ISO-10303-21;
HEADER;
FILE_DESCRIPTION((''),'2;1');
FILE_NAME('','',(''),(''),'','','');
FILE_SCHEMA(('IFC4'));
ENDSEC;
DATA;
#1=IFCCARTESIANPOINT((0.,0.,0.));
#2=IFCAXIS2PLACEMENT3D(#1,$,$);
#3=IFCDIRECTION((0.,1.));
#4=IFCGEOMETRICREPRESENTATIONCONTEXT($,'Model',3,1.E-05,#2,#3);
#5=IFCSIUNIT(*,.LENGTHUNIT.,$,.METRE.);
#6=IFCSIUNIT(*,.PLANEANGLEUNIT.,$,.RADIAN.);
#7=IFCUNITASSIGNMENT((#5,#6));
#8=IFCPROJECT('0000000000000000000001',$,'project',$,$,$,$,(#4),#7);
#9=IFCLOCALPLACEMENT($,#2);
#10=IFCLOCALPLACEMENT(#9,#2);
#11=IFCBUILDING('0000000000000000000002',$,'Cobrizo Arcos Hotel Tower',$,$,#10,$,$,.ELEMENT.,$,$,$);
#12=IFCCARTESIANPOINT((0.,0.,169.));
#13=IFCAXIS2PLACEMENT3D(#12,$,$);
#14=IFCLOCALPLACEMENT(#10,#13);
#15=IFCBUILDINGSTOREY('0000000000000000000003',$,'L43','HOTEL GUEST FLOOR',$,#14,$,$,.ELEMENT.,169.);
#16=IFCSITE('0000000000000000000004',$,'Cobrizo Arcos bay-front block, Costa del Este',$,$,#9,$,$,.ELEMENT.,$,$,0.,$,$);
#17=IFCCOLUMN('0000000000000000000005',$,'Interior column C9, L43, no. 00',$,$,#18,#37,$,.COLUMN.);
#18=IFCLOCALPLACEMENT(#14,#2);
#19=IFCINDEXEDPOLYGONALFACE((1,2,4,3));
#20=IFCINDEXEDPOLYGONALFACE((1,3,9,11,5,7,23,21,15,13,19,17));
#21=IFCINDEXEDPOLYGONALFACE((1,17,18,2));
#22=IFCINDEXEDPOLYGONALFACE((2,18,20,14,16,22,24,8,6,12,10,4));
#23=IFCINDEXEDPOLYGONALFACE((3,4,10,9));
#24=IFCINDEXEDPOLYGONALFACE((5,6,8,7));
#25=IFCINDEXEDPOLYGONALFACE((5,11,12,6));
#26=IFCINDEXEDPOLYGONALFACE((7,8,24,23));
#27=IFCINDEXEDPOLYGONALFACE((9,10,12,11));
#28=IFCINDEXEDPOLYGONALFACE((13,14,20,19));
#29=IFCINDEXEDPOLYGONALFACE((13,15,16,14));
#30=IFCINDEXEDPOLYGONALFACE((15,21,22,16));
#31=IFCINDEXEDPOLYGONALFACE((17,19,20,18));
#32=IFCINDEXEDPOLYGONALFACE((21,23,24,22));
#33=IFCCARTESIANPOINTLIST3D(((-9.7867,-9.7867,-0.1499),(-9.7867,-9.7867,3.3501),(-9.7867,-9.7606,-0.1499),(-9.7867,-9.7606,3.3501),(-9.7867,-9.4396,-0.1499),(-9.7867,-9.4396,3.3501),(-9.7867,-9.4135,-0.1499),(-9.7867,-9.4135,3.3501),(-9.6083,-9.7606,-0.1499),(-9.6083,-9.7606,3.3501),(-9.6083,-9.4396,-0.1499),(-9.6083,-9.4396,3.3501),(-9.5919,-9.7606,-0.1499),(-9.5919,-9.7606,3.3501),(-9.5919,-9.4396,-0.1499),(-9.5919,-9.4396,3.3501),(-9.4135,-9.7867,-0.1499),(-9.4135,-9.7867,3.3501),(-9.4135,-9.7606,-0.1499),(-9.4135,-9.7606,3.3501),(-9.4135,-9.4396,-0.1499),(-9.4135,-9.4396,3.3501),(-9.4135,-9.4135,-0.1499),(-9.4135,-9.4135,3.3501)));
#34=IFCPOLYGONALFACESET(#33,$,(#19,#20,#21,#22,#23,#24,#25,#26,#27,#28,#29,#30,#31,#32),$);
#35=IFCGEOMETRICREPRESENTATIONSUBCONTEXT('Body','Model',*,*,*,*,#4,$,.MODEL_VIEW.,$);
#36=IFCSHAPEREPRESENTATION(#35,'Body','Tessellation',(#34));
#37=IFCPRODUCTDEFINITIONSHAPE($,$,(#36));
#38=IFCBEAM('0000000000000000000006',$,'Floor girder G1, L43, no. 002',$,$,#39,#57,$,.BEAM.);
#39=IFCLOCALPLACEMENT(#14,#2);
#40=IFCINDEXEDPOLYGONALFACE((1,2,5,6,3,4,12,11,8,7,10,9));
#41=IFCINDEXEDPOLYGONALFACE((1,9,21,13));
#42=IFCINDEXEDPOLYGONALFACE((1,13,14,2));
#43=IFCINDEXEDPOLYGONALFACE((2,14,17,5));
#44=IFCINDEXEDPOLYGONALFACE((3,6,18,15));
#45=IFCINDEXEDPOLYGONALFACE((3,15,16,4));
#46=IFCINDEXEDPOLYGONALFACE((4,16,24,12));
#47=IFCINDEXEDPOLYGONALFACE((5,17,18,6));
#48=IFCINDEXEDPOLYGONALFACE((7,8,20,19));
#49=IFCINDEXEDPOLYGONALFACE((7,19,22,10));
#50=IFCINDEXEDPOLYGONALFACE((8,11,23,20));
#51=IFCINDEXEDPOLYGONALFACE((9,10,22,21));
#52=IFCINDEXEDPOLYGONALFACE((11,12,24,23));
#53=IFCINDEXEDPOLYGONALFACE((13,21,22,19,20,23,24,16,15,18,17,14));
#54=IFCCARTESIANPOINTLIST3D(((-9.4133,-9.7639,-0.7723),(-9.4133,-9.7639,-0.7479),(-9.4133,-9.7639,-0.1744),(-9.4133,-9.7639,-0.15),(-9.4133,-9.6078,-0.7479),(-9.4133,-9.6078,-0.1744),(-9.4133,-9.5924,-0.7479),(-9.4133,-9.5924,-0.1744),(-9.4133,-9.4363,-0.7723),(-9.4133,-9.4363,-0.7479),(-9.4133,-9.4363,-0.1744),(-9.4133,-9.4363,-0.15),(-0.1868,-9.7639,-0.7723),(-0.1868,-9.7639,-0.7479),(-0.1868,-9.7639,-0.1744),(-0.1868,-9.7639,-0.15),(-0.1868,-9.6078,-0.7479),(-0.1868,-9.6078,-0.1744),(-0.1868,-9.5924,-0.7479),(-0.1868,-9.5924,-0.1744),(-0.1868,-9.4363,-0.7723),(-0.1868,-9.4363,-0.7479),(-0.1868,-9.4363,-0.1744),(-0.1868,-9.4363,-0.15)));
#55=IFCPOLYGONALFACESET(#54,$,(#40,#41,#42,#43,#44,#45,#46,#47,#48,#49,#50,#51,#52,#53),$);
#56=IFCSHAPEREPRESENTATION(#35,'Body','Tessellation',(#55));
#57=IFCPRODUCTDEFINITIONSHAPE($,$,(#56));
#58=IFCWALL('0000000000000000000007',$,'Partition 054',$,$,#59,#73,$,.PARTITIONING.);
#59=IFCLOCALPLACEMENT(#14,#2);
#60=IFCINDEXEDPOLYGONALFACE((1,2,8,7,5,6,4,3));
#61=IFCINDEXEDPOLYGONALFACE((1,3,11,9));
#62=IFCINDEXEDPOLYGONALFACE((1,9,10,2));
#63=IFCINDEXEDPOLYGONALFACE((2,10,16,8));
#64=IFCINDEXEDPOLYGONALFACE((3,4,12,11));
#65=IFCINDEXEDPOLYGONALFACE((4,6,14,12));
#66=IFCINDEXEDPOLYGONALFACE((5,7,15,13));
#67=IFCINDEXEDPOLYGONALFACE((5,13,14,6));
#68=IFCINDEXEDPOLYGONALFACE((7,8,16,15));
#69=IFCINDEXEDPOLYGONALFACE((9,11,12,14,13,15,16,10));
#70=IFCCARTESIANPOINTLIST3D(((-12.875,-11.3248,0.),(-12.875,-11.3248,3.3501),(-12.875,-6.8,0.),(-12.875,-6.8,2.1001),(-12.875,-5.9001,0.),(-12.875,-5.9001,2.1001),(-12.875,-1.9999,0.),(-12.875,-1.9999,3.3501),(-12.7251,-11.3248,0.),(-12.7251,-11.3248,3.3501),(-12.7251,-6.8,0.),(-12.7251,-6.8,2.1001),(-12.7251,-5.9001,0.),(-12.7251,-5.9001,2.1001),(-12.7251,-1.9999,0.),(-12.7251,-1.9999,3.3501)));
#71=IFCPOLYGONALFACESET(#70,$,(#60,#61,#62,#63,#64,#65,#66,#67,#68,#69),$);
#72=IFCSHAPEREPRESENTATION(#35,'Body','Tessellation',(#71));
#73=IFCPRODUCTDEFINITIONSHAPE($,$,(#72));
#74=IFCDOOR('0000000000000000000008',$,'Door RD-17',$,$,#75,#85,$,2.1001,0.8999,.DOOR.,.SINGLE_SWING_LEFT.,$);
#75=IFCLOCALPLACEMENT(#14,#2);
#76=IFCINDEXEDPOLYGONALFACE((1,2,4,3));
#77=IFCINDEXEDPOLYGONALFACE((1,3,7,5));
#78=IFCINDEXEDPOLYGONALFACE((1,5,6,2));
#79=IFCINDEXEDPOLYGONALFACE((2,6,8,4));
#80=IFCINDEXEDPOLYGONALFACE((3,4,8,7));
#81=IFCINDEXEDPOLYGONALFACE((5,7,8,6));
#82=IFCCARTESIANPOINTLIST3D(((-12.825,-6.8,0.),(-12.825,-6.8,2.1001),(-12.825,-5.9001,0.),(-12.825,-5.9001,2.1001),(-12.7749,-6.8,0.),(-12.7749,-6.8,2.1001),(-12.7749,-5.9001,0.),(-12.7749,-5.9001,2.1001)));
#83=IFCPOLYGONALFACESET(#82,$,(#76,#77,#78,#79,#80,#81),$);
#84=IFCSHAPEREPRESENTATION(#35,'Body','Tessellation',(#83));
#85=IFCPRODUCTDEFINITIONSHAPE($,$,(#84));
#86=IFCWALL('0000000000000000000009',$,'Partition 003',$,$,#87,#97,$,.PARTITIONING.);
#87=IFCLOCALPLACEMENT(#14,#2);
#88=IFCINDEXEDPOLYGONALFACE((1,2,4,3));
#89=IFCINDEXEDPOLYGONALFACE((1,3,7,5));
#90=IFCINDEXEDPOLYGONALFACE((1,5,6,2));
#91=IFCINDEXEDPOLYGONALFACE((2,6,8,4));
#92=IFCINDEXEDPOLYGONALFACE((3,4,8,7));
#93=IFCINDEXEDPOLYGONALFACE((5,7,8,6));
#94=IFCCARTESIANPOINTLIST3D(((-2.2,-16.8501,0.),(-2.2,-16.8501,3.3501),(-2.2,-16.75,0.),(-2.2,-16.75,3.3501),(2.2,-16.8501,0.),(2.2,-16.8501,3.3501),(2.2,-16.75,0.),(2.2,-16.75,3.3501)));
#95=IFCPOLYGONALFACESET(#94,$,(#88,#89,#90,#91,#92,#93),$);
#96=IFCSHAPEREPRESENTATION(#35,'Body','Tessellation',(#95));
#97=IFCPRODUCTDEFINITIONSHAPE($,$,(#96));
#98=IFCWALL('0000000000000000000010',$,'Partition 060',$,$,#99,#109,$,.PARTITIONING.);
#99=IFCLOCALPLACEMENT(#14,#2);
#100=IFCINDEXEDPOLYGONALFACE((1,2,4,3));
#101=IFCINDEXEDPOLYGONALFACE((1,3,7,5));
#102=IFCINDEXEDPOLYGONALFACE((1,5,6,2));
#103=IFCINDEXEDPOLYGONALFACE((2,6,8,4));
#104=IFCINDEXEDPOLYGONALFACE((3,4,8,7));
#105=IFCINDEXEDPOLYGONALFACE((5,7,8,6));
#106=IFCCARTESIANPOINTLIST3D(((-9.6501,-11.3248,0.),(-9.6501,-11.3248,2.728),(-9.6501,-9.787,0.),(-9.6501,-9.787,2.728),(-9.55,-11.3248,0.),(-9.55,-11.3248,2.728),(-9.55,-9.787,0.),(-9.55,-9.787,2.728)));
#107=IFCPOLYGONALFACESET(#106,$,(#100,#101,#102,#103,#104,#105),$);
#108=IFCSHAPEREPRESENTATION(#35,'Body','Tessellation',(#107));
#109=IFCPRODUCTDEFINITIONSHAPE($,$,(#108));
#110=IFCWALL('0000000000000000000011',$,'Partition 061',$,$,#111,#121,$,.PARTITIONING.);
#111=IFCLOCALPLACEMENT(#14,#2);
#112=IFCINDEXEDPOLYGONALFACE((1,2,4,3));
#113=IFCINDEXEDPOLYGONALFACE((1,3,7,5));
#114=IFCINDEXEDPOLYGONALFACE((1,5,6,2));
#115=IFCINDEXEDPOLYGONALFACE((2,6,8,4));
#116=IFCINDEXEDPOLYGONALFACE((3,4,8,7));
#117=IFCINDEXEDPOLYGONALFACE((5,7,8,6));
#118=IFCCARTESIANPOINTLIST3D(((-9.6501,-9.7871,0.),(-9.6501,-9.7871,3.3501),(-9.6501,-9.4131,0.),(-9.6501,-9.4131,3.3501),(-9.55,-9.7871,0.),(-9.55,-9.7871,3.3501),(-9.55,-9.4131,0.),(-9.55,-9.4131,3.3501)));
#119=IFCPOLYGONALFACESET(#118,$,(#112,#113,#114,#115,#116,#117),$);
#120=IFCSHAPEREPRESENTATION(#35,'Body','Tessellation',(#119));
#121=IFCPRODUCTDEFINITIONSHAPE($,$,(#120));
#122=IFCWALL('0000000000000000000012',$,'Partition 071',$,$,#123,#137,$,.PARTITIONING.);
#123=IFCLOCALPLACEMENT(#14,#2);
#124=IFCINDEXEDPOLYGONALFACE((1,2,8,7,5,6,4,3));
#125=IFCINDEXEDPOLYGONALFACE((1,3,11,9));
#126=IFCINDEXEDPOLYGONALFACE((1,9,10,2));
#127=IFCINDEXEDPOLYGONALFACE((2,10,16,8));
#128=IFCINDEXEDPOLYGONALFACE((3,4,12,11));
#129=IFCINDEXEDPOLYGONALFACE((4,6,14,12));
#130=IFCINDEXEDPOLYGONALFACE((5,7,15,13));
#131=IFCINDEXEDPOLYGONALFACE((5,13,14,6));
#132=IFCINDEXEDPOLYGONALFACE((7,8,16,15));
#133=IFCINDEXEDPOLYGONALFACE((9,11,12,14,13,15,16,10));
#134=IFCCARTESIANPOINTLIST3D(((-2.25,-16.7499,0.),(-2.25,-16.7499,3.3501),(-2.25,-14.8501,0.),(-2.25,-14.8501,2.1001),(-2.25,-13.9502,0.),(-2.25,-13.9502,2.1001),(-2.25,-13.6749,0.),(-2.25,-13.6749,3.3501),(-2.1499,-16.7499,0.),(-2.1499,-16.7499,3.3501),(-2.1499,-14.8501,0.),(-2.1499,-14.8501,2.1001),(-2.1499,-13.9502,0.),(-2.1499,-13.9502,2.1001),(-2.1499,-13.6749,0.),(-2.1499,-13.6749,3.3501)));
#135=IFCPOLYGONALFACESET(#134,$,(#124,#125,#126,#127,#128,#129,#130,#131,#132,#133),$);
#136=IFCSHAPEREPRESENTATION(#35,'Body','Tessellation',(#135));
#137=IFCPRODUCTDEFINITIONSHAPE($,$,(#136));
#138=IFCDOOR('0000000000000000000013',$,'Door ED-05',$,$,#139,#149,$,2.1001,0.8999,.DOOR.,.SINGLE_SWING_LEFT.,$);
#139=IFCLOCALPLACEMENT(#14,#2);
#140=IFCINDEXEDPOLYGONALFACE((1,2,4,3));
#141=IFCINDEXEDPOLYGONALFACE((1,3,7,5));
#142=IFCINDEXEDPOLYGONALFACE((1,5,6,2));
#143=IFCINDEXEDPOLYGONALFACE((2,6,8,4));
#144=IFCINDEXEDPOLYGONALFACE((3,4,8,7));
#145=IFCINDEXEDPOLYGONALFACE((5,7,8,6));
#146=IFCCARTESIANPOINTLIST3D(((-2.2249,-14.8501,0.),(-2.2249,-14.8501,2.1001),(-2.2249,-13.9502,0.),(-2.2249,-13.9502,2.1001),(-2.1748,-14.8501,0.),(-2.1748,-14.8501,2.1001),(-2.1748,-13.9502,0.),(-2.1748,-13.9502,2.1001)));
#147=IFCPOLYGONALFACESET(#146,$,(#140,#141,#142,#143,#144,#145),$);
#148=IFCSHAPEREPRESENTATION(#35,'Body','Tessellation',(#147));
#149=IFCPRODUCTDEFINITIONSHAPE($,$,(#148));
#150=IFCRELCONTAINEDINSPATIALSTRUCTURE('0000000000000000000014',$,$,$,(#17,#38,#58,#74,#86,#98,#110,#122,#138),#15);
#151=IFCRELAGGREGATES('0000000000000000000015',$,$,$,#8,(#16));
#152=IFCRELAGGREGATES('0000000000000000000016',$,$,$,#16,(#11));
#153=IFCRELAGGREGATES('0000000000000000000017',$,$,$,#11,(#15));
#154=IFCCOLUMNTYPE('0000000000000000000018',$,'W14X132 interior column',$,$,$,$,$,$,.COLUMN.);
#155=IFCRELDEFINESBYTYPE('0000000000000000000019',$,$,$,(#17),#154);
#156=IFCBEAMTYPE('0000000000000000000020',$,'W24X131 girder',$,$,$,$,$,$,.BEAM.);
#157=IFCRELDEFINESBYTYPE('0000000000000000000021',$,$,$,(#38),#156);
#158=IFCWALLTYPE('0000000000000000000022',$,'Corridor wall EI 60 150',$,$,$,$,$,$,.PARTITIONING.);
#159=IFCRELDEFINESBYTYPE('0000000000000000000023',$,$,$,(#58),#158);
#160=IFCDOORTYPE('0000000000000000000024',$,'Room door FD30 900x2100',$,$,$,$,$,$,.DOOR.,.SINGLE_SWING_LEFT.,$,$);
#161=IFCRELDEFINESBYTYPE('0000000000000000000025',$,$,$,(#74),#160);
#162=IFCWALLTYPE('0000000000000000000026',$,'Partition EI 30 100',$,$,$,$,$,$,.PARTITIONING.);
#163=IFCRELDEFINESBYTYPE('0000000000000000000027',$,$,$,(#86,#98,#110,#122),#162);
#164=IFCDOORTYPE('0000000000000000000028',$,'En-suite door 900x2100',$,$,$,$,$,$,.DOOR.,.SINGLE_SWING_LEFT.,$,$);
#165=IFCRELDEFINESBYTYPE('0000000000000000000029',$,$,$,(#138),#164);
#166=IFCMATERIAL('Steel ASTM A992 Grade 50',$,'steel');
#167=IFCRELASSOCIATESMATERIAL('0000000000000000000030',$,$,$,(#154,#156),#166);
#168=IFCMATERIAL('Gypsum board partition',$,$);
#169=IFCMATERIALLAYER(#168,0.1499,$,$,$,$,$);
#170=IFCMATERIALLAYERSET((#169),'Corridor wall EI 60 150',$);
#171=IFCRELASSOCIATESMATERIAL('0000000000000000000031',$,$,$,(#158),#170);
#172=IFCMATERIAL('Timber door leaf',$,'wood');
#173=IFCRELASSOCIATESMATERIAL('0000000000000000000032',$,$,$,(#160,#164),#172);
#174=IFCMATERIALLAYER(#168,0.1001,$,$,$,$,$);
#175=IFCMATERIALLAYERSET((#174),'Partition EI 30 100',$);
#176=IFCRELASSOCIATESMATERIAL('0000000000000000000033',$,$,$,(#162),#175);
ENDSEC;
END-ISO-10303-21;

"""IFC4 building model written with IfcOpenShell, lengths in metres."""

from ifc_helpers import new_model, si_unit, direction, frame, frame_2d, origin, origin_2d, place, context, subcontext, project, spatial, rectangle, i_section, extrude, material, layer, layer_set, material_profile, profile_set, type_object, element, fill, save


model = new_model("IFC4")

# Units and contexts
model_context = context("Model", 3, precision=1e-05, world=origin(), true_north=direction((0.0, 1.0)))
body_context = subcontext(model_context, "Body", "Model", "MODEL_VIEW")
ifc_project = project(units=[si_unit("LENGTHUNIT", "METRE"), si_unit("PLANEANGLEUNIT", "RADIAN")], contexts=[model_context])

# Site, building, storey
site_placement = place(None, origin())
site = spatial("IfcSite", under=ifc_project, at=site_placement, Name="Cobrizo Arcos bay-front block, Costa del Este", CompositionType="ELEMENT", RefElevation=0.0)
building_placement = place(site_placement, origin())
building = spatial("IfcBuilding", under=site, at=building_placement, Name="Cobrizo Arcos Hotel Tower", CompositionType="ELEMENT")
storey_placement = place(building_placement, frame((0.0, 0.0, 169.0)))
storey = spatial("IfcBuildingStorey", under=building, at=storey_placement, Name="L43", Description="HOTEL GUEST FLOOR", CompositionType="ELEMENT", Elevation=169.0)

# Column
ifc_material_1 = material(Name="Steel ASTM A992 Grade 50", Category="steel")
ifc_material_profile_1 = material_profile(ifc_material_1, i_section(OverallWidth=0.3733, OverallDepth=0.3733, WebThickness=0.0164, FlangeThickness=0.0261, at=origin_2d()), Name="W14X132")
ifc_profile_set_1 = profile_set([ifc_material_profile_1], Name="Steel ASTM A992 Grade 50")
column_type = type_object("IfcColumnType", Name="W14X132 interior column", PredefinedType="COLUMN", material=ifc_profile_set_1)
column_placement = place(storey_placement, frame((-9.6001, -9.6001, -0.1499), z_axis=(0.0, 0.0, 1.0), x_axis=(1.0, 0.0, 0.0)))
element("IfcColumn", 1, at=column_placement, inside=storey, type_object=column_type, Name="Interior column C9, L43, no. 00", PredefinedType="COLUMN", context=body_context, shape_type="SweptSolid", body=[
    extrude(i_section(OverallWidth=0.3733, OverallDepth=0.3733, WebThickness=0.0164, FlangeThickness=0.0261, at=origin_2d()), origin(), (0.0, 0.0, 1.0), 3.5),
])

# Beam
ifc_material_profile_2 = material_profile(ifc_material_1, i_section(OverallWidth=0.3276, OverallDepth=0.6223, WebThickness=0.0154, FlangeThickness=0.0244, at=origin_2d()), Name="W24X131")
ifc_profile_set_2 = profile_set([ifc_material_profile_2], Name="Steel ASTM A992 Grade 50")
beam_type = type_object("IfcBeamType", Name="W24X131 girder", PredefinedType="BEAM", material=ifc_profile_set_2)
beam_placement = place(storey_placement, frame((-9.4133, -9.6001, -0.4612), z_axis=(1.0, 0.0, 0.0), x_axis=(0.0, 1.0, 0.0)))
element("IfcBeam", 2, at=beam_placement, inside=storey, type_object=beam_type, Name="Floor girder G1, L43, no. 002", PredefinedType="BEAM", context=body_context, shape_type="SweptSolid", body=[
    extrude(i_section(OverallWidth=0.3276, OverallDepth=0.6223, WebThickness=0.0154, FlangeThickness=0.0244, at=origin_2d()), origin(), (0.0, 0.0, 1.0), 9.2266),
])

# Wall, opening, door
ifc_material_2 = material(Name="Gypsum board partition")
ifc_layer_1 = layer(ifc_material_2, 0.1499)
ifc_layer_set_1 = layer_set([ifc_layer_1], Name="Corridor wall EI 60 150")
wall_type_1 = type_object("IfcWallType", Name="Corridor wall EI 60 150", PredefinedType="PARTITIONING", material=ifc_layer_set_1)
wall_1_placement = place(storey_placement, frame((-12.8, -11.325, 0.0), z_axis=(0.0, 0.0, 1.0), x_axis=(0.0, 1.0, 0.0)))
wall_1 = element("IfcWall", 3, at=wall_1_placement, inside=storey, type_object=wall_type_1, Name="Partition 054", PredefinedType="PARTITIONING", context=body_context, shape_type="SweptSolid", body=[
    extrude(rectangle(XDim=9.325, YDim=0.1499, at=frame_2d((4.6626, 0.0))), origin(), (0.0, 0.0, 1.0), 3.3501),
])
opening_1_placement = place(wall_1_placement, frame((4.5249, 0.0, 0.0)))
opening_1 = element("IfcOpeningElement", 4, at=opening_1_placement, cuts=wall_1, PredefinedType="OPENING", context=body_context, shape_type="SweptSolid", body=[
    extrude(rectangle(XDim=0.8999, YDim=2.1001, at=frame_2d((0.45, 1.05))), frame((0.0, 0.0869, 0.0), z_axis=(0.0, -1.0, 0.0), x_axis=(1.0, 0.0, 0.0)), (0.0, 0.0, 1.0), 0.1738),
])
ifc_material_3 = material(Name="Timber door leaf", Category="wood")
door_type_1 = type_object("IfcDoorType", Name="Room door FD30 900x2100", OperationType="SINGLE_SWING_LEFT", PredefinedType="DOOR", material=ifc_material_3)
door_1_placement = place(opening_1_placement, origin())
door_1 = element("IfcDoor", 5, at=door_1_placement, inside=storey, type_object=door_type_1, Name="Door RD-17", OperationType="SINGLE_SWING_LEFT", OverallHeight=2.1001, OverallWidth=0.8999, PredefinedType="DOOR", context=body_context, shape_type="SweptSolid", body=[
    extrude(rectangle(XDim=0.8999, YDim=2.1001, at=frame_2d((0.45, 1.05))), frame((0.0, 0.0249, 0.0), z_axis=(0.0, -1.0, 0.0), x_axis=(1.0, 0.0, 0.0)), (0.0, 0.0, 1.0), 0.05),
])
fill(opening_1, door_1)

# Walls
ifc_layer_2 = layer(ifc_material_2, 0.1001)
ifc_layer_set_2 = layer_set([ifc_layer_2], Name="Partition EI 30 100")
wall_type_2 = type_object("IfcWallType", Name="Partition EI 30 100", PredefinedType="PARTITIONING", material=ifc_layer_set_2)
wall_2_placement = place(storey_placement, frame((-2.2, -16.8, 0.0), z_axis=(0.0, 0.0, 1.0), x_axis=(1.0, 0.0, 0.0)))
element("IfcWall", 6, at=wall_2_placement, inside=storey, type_object=wall_type_2, Name="Partition 003", PredefinedType="PARTITIONING", context=body_context, shape_type="SweptSolid", body=[
    extrude(rectangle(XDim=4.3999, YDim=0.1001, at=frame_2d((2.2, 0.0))), origin(), (0.0, 0.0, 1.0), 3.3501),
])
wall_3_placement = place(storey_placement, frame((-9.6001, -11.325, 0.0), z_axis=(0.0, 0.0, 1.0), x_axis=(0.0, 1.0, 0.0)))
element("IfcWall", 7, at=wall_3_placement, inside=storey, type_object=wall_type_2, Name="Partition 060", PredefinedType="PARTITIONING", context=body_context, shape_type="SweptSolid", body=[
    extrude(rectangle(XDim=1.5378, YDim=0.1001, at=frame_2d((0.769, 0.0))), origin(), (0.0, 0.0, 1.0), 2.728),
])
wall_4_placement = place(storey_placement, frame((-9.6001, -9.7871, 0.0), z_axis=(0.0, 0.0, 1.0), x_axis=(0.0, 1.0, 0.0)))
element("IfcWall", 8, at=wall_4_placement, inside=storey, type_object=wall_type_2, Name="Partition 061", PredefinedType="PARTITIONING", context=body_context, shape_type="SweptSolid", body=[
    extrude(rectangle(XDim=0.374, YDim=0.1001, at=frame_2d((0.187, 0.0))), origin(), (0.0, 0.0, 1.0), 3.3501),
])

# Wall, opening, door
wall_5_placement = place(storey_placement, frame((-2.2, -16.75, 0.0), z_axis=(0.0, 0.0, 1.0), x_axis=(0.0, 1.0, 0.0)))
wall_5 = element("IfcWall", 9, at=wall_5_placement, inside=storey, type_object=wall_type_2, Name="Partition 071", PredefinedType="PARTITIONING", context=body_context, shape_type="SweptSolid", body=[
    extrude(rectangle(XDim=3.075, YDim=0.1001, at=frame_2d((1.5376, 0.0))), origin(), (0.0, 0.0, 1.0), 3.3501),
])
opening_2_placement = place(wall_5_placement, frame((1.8999, 0.0, 0.0)))
opening_2 = element("IfcOpeningElement", 10, at=opening_2_placement, cuts=wall_5, PredefinedType="OPENING", context=body_context, shape_type="SweptSolid", body=[
    extrude(rectangle(XDim=0.8999, YDim=2.1001, at=frame_2d((0.45, 1.05))), frame((0.0, 0.062, 0.0), z_axis=(0.0, -1.0, 0.0), x_axis=(1.0, 0.0, 0.0)), (0.0, 0.0, 1.0), 0.124),
])
door_type_2 = type_object("IfcDoorType", Name="En-suite door 900x2100", OperationType="SINGLE_SWING_LEFT", PredefinedType="DOOR", material=ifc_material_3)
door_2_placement = place(opening_2_placement, origin())
door_2 = element("IfcDoor", 11, at=door_2_placement, inside=storey, type_object=door_type_2, Name="Door ED-05", OperationType="SINGLE_SWING_LEFT", OverallHeight=2.1001, OverallWidth=0.8999, PredefinedType="DOOR", context=body_context, shape_type="SweptSolid", body=[
    extrude(rectangle(XDim=0.8999, YDim=2.1001, at=frame_2d((0.45, 1.05))), frame((0.0, 0.0249, 0.0), z_axis=(0.0, -1.0, 0.0), x_axis=(1.0, 0.0, 0.0)), (0.0, 0.0, 1.0), 0.05),
])
fill(opening_2, door_2)

save(model, "model.ifc")
